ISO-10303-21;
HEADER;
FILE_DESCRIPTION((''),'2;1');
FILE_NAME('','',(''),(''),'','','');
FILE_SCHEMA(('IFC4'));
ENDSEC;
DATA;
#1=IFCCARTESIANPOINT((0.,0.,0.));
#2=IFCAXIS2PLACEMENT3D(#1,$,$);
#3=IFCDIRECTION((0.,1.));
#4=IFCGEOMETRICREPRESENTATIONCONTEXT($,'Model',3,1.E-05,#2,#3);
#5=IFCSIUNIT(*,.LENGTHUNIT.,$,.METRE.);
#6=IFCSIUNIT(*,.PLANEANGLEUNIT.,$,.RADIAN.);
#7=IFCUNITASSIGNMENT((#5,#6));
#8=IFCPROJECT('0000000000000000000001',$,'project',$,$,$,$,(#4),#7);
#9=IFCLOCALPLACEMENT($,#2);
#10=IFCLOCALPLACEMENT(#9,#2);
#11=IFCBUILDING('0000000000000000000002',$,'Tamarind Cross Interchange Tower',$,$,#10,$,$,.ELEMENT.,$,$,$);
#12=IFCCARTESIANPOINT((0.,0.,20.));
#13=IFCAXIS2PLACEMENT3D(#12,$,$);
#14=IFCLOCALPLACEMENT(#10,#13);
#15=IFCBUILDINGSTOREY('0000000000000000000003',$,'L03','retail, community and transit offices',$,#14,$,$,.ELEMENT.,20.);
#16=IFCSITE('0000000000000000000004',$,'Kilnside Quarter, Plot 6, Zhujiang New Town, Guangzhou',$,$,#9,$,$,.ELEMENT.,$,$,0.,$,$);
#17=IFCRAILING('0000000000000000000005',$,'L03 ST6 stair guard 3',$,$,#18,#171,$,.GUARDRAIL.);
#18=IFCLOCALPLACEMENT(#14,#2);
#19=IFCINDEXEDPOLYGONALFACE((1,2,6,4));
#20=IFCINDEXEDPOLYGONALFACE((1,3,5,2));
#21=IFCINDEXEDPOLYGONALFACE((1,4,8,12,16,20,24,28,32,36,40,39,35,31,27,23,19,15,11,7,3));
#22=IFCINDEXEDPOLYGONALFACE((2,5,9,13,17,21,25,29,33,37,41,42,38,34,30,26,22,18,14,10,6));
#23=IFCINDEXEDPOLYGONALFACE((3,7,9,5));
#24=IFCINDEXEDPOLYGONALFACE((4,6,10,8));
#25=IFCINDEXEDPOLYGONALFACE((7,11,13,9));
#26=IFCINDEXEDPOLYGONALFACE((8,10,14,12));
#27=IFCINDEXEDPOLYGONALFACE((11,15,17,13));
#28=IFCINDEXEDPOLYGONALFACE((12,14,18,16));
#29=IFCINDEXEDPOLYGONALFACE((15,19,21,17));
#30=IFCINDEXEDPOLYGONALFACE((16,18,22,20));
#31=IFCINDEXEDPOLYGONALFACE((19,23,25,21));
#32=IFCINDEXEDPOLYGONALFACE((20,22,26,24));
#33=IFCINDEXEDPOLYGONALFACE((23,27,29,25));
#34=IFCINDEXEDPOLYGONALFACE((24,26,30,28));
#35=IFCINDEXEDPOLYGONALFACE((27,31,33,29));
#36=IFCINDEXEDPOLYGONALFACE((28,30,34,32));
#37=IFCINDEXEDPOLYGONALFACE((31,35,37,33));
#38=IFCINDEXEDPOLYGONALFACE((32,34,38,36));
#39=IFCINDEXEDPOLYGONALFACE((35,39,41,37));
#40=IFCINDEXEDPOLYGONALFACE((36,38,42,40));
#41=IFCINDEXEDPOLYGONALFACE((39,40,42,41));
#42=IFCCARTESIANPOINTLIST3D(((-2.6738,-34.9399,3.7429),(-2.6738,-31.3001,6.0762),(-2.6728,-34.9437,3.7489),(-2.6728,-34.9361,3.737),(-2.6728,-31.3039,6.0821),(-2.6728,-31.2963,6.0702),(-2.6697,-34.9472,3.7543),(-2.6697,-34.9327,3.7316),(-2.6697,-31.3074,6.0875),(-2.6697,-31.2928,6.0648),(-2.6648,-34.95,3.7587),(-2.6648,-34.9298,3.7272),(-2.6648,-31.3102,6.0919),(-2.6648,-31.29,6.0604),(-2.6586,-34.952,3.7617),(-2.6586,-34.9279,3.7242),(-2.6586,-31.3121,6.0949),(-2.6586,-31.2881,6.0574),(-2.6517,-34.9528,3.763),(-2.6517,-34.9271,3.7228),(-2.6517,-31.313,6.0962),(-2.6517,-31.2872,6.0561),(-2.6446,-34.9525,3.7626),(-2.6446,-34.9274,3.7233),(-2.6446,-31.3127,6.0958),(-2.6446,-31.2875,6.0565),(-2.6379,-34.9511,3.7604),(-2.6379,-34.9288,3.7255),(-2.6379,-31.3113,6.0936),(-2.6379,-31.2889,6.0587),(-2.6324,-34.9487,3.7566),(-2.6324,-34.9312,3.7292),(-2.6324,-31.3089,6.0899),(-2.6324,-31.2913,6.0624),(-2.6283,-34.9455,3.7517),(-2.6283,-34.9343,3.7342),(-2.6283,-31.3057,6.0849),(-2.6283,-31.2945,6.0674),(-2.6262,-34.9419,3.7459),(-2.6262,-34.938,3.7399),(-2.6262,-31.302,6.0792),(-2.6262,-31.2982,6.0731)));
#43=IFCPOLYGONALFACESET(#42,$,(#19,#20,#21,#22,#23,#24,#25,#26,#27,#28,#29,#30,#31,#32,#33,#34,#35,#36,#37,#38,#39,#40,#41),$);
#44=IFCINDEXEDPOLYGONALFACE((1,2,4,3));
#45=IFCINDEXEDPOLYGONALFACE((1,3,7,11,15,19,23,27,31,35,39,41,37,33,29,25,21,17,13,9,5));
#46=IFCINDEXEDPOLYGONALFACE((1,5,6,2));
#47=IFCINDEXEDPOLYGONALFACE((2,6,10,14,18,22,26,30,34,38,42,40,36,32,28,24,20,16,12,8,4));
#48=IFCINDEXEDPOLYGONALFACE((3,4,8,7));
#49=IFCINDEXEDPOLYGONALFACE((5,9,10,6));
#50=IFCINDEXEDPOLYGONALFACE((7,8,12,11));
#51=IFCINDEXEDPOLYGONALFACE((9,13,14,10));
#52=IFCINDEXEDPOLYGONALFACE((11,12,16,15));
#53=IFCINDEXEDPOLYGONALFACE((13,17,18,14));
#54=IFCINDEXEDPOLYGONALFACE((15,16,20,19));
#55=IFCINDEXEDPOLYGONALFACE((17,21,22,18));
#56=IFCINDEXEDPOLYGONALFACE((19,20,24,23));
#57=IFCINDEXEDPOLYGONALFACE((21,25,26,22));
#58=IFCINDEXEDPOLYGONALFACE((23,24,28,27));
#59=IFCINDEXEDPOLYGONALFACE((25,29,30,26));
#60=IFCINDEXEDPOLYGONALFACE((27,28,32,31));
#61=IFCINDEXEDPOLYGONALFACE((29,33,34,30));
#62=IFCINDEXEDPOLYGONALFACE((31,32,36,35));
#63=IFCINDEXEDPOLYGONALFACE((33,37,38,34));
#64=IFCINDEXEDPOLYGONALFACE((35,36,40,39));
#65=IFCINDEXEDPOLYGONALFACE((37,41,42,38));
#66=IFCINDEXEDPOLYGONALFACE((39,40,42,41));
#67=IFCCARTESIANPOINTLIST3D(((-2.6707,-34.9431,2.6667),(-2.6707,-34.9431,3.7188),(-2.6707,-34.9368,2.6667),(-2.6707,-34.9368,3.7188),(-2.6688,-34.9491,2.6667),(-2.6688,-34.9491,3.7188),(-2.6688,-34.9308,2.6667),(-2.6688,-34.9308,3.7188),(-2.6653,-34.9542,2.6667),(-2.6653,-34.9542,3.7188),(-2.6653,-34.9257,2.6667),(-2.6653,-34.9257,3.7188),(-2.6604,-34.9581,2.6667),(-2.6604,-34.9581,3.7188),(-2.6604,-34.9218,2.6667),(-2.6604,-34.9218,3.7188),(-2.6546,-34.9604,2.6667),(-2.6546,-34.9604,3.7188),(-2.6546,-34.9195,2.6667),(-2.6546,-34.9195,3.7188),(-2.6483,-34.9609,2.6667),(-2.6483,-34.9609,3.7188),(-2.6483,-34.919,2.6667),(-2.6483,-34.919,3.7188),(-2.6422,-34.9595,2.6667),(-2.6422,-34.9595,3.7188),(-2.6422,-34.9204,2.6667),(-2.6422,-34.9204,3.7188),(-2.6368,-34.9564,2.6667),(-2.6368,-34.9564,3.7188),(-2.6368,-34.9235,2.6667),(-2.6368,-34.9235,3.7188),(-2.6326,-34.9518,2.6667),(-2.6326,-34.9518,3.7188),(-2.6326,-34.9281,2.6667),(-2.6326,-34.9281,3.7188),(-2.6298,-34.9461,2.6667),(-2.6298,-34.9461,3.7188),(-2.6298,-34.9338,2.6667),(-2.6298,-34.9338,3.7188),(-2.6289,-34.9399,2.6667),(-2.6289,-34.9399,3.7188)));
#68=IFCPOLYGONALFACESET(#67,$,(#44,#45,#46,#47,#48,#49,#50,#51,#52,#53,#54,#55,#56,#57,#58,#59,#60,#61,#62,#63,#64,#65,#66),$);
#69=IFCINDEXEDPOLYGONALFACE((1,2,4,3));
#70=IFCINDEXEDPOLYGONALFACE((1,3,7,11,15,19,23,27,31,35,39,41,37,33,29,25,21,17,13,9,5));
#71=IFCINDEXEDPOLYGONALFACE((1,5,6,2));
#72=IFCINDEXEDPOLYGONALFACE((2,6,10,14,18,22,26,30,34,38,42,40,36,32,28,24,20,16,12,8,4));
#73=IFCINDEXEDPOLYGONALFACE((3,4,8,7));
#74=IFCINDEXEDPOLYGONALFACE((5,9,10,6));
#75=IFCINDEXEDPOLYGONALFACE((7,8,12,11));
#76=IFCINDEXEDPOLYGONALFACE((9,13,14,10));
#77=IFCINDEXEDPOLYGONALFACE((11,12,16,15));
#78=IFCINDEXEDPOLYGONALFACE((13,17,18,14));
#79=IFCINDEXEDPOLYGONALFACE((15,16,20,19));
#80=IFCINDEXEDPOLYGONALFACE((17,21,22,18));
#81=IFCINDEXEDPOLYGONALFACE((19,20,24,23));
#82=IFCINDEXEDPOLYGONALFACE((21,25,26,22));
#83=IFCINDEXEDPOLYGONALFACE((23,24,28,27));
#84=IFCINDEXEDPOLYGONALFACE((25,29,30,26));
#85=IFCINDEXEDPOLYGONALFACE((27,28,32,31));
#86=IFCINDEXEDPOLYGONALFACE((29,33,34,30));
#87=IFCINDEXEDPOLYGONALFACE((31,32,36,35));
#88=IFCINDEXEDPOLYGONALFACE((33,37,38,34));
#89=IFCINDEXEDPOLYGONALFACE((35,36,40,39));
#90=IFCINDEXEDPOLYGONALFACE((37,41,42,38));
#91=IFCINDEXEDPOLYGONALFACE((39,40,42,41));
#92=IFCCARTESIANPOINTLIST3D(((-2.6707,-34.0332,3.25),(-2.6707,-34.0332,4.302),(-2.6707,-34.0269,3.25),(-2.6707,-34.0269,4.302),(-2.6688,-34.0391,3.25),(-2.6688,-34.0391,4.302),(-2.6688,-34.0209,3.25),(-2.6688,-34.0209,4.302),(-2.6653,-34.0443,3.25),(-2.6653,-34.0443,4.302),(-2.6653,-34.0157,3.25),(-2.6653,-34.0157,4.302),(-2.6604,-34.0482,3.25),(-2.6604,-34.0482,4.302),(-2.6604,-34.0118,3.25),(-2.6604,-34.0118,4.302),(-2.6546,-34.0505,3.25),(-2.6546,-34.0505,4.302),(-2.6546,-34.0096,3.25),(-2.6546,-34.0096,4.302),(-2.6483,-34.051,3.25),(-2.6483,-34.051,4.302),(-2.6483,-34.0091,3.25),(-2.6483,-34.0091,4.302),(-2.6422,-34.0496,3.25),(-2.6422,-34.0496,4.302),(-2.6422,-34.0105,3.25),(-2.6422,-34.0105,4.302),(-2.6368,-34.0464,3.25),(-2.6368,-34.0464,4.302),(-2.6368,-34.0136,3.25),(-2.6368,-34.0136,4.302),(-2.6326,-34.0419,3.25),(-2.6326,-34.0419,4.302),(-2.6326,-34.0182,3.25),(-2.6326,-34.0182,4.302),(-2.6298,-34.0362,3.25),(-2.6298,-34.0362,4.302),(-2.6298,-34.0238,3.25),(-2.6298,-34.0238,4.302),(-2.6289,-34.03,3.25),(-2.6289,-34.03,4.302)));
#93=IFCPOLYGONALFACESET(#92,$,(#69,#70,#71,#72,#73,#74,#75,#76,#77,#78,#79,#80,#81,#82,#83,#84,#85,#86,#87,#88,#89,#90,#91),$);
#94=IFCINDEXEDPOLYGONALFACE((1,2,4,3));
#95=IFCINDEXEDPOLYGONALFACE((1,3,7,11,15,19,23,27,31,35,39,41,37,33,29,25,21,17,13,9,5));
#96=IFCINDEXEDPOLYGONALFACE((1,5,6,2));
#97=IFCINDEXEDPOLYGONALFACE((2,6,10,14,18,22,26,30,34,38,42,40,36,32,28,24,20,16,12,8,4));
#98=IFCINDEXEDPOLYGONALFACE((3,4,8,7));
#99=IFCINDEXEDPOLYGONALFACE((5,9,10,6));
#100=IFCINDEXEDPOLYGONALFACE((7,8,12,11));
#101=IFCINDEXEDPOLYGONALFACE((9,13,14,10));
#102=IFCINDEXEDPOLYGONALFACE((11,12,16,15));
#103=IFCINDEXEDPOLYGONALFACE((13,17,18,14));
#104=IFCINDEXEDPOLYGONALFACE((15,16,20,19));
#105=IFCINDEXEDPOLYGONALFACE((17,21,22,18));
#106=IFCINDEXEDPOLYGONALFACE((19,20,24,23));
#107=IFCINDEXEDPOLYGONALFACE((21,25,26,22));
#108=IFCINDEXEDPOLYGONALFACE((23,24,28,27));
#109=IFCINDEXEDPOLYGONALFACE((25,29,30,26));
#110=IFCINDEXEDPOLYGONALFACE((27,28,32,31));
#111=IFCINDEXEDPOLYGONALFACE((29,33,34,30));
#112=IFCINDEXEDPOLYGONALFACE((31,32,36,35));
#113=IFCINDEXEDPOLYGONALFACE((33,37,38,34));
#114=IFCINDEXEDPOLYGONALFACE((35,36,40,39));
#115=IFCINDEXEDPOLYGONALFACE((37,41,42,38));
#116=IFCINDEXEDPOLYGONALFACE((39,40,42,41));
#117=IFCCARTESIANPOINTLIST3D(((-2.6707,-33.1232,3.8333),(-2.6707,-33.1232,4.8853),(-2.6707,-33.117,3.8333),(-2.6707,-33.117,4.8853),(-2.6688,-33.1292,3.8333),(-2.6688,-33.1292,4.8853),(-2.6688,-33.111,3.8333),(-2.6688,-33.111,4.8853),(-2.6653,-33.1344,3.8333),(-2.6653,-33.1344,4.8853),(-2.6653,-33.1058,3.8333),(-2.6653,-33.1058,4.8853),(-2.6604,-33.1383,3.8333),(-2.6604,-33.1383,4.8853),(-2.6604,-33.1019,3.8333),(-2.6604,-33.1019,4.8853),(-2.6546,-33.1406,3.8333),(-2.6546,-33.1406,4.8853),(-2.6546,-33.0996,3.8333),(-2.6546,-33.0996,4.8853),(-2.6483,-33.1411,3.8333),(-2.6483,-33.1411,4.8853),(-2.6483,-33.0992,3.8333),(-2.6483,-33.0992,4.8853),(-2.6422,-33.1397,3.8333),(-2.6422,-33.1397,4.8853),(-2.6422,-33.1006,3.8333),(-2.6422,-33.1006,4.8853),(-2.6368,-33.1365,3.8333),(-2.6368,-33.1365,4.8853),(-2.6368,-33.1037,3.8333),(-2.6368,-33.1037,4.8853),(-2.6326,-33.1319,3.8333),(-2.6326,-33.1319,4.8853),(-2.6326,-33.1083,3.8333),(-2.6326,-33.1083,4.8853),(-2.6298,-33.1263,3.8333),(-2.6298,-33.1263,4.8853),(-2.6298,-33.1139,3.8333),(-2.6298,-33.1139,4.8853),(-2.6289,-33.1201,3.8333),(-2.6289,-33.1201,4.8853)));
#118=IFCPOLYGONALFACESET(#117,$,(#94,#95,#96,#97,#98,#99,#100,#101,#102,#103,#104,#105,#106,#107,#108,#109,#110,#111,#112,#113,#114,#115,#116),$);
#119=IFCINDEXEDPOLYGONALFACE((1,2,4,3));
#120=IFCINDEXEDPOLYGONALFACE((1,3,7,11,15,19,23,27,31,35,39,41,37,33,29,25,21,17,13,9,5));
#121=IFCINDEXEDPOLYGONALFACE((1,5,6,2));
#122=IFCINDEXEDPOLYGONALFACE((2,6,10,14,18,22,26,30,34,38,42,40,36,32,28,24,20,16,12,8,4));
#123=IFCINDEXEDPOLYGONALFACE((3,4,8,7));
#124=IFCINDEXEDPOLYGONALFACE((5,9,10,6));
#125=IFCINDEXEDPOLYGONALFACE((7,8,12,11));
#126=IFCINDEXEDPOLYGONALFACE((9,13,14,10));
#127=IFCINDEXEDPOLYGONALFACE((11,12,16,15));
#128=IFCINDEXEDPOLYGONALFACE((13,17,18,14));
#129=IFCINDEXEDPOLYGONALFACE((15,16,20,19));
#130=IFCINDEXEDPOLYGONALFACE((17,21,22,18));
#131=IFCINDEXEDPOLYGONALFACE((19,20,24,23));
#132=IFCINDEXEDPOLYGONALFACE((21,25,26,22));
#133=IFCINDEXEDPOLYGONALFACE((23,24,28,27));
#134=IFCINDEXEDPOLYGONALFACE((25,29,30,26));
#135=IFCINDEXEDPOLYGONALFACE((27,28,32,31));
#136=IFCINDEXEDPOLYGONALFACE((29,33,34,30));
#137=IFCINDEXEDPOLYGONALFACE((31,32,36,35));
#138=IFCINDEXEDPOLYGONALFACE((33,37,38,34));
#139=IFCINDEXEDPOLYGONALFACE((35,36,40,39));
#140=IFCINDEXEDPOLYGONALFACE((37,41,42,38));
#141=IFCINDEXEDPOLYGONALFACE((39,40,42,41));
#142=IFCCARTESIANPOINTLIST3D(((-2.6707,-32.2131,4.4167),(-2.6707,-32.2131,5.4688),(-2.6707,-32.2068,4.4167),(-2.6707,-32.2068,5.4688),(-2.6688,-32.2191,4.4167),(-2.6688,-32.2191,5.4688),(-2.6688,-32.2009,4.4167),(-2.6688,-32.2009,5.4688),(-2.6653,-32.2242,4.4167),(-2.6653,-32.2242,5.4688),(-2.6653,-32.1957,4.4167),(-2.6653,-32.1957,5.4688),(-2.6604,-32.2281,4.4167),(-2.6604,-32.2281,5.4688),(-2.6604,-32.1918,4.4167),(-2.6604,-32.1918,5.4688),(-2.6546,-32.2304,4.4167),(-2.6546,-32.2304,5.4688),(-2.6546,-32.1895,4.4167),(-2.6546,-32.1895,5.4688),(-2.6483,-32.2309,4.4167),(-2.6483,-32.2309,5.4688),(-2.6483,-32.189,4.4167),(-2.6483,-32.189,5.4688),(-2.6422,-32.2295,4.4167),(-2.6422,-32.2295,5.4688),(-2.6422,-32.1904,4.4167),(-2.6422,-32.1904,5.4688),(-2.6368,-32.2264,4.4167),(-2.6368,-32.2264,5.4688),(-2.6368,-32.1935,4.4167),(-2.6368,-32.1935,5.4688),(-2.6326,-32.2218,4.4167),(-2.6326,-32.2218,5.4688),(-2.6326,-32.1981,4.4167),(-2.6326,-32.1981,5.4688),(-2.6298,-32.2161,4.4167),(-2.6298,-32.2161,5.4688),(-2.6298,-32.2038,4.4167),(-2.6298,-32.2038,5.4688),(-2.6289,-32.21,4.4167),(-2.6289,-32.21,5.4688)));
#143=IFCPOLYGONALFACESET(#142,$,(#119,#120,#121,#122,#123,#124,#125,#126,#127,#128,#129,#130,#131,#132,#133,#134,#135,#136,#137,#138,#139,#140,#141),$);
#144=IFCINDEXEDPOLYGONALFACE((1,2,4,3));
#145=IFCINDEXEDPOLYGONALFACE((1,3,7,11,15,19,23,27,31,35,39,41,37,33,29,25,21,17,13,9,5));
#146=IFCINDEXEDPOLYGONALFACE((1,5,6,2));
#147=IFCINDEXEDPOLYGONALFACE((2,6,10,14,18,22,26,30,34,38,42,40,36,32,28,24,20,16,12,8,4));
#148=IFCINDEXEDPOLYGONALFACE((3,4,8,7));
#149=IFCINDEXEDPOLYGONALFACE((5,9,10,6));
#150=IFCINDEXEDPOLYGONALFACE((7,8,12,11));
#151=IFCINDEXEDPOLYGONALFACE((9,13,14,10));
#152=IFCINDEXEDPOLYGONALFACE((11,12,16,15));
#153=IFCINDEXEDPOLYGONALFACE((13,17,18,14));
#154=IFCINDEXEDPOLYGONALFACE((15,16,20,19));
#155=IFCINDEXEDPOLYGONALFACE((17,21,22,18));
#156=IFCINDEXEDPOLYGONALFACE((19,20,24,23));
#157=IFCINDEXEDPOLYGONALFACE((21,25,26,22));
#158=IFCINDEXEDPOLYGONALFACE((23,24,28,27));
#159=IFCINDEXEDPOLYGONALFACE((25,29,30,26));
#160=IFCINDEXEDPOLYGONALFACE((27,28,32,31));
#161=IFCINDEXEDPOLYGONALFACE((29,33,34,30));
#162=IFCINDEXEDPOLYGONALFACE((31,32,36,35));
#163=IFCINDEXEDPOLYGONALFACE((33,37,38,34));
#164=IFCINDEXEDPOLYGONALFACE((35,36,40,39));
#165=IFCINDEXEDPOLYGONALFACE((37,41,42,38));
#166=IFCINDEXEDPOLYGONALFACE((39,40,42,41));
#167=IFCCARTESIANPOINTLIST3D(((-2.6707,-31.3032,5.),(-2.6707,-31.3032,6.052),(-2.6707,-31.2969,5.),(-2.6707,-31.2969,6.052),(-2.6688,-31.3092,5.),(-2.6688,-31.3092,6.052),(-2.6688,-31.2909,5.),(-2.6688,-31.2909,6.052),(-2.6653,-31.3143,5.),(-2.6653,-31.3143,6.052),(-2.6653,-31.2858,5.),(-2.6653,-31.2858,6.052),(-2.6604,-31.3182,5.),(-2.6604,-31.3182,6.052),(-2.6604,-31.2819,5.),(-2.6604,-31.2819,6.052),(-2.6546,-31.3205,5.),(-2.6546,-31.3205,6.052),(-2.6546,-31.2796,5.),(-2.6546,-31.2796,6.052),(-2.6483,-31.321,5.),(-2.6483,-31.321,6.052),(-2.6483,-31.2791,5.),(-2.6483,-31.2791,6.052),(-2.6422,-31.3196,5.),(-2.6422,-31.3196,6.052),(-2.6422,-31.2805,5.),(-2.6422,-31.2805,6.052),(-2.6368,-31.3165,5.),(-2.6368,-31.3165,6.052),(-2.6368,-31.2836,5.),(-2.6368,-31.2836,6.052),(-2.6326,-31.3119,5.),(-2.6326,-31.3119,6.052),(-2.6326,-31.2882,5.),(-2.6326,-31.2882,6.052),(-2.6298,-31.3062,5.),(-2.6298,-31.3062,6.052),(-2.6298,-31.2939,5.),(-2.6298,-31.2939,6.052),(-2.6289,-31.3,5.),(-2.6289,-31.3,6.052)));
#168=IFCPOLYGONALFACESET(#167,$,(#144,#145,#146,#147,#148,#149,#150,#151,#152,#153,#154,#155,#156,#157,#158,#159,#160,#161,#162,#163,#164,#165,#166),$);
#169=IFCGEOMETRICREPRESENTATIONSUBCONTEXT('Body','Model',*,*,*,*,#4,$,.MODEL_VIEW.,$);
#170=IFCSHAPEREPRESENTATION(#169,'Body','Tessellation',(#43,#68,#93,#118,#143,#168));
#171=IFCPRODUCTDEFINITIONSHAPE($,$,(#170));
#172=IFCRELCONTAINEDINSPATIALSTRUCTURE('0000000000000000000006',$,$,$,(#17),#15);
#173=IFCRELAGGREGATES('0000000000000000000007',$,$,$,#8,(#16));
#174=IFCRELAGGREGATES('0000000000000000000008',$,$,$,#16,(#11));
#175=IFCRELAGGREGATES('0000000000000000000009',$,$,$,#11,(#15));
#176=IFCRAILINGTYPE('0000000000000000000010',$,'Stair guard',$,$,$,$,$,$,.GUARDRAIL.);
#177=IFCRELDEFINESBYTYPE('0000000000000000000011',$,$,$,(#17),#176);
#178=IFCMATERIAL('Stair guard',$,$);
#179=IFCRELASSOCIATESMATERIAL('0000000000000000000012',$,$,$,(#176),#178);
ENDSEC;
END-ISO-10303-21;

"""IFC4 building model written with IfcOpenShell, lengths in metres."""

from ifc_helpers import new_model, si_unit, direction, frame, origin, origin_2d, place, context, subcontext, project, spatial, circle, extrude, material, type_object, element, save


model = new_model("IFC4")

# Units and contexts
model_context = context("Model", 3, precision=1e-05, world=origin(), true_north=direction((0.0, 1.0)))
body_context = subcontext(model_context, "Body", "Model", "MODEL_VIEW")
ifc_project = project(units=[si_unit("LENGTHUNIT", "METRE"), si_unit("PLANEANGLEUNIT", "RADIAN")], contexts=[model_context])

# Site, building, storey
site_placement = place(None, origin())
site = spatial("IfcSite", under=ifc_project, at=site_placement, Name="Kilnside Quarter, Plot 6, Zhujiang New Town, Guangzhou", CompositionType="ELEMENT", RefElevation=0.0)
building_placement = place(site_placement, origin())
building = spatial("IfcBuilding", under=site, at=building_placement, Name="Tamarind Cross Interchange Tower", CompositionType="ELEMENT")
storey_placement = place(building_placement, frame((0.0, 0.0, 20.0)))
storey = spatial("IfcBuildingStorey", under=building, at=storey_placement, Name="L03", Description="retail, community and transit offices", CompositionType="ELEMENT", Elevation=20.0)

# Railing
ifc_material_1 = material(Name="Stair guard")
railing_type_1 = type_object("IfcRailingType", Name="Stair guard", PredefinedType="GUARDRAIL", material=ifc_material_1)
railing_1_placement = place(storey_placement, frame((-2.6499, -34.9399, 2.6667)))
element("IfcRailing", 1, at=railing_1_placement, inside=storey, type_object=railing_type_1, Name="L03 ST6 stair guard 3", PredefinedType="GUARDRAIL", context=body_context, shape_type="SweptSolid", body=[
    extrude(circle(Radius=0.0239, at=origin_2d()), frame((0.0, 0.0, 1.0762), z_axis=(0.0, 0.84188, 0.539664), x_axis=(-1.0, 0.0, 0.0)), (0.0, 0.0, 1.0), 4.3235),
    extrude(circle(Radius=0.021, at=origin_2d()), origin(), (0.0, 0.0, 1.0), 1.052),
    extrude(circle(Radius=0.021, at=origin_2d()), frame((0.0, 0.9099, 0.5833)), (0.0, 0.0, 1.0), 1.052),
    extrude(circle(Radius=0.021, at=origin_2d()), frame((0.0, 1.8198, 1.1665)), (0.0, 0.0, 1.0), 1.052),
    extrude(circle(Radius=0.021, at=origin_2d()), frame((0.0, 2.73, 1.75)), (0.0, 0.0, 1.0), 1.052),
    extrude(circle(Radius=0.021, at=origin_2d()), frame((0.0, 3.6399, 2.3333)), (0.0, 0.0, 1.0), 1.052),
])

save(model, "model.ifc")
